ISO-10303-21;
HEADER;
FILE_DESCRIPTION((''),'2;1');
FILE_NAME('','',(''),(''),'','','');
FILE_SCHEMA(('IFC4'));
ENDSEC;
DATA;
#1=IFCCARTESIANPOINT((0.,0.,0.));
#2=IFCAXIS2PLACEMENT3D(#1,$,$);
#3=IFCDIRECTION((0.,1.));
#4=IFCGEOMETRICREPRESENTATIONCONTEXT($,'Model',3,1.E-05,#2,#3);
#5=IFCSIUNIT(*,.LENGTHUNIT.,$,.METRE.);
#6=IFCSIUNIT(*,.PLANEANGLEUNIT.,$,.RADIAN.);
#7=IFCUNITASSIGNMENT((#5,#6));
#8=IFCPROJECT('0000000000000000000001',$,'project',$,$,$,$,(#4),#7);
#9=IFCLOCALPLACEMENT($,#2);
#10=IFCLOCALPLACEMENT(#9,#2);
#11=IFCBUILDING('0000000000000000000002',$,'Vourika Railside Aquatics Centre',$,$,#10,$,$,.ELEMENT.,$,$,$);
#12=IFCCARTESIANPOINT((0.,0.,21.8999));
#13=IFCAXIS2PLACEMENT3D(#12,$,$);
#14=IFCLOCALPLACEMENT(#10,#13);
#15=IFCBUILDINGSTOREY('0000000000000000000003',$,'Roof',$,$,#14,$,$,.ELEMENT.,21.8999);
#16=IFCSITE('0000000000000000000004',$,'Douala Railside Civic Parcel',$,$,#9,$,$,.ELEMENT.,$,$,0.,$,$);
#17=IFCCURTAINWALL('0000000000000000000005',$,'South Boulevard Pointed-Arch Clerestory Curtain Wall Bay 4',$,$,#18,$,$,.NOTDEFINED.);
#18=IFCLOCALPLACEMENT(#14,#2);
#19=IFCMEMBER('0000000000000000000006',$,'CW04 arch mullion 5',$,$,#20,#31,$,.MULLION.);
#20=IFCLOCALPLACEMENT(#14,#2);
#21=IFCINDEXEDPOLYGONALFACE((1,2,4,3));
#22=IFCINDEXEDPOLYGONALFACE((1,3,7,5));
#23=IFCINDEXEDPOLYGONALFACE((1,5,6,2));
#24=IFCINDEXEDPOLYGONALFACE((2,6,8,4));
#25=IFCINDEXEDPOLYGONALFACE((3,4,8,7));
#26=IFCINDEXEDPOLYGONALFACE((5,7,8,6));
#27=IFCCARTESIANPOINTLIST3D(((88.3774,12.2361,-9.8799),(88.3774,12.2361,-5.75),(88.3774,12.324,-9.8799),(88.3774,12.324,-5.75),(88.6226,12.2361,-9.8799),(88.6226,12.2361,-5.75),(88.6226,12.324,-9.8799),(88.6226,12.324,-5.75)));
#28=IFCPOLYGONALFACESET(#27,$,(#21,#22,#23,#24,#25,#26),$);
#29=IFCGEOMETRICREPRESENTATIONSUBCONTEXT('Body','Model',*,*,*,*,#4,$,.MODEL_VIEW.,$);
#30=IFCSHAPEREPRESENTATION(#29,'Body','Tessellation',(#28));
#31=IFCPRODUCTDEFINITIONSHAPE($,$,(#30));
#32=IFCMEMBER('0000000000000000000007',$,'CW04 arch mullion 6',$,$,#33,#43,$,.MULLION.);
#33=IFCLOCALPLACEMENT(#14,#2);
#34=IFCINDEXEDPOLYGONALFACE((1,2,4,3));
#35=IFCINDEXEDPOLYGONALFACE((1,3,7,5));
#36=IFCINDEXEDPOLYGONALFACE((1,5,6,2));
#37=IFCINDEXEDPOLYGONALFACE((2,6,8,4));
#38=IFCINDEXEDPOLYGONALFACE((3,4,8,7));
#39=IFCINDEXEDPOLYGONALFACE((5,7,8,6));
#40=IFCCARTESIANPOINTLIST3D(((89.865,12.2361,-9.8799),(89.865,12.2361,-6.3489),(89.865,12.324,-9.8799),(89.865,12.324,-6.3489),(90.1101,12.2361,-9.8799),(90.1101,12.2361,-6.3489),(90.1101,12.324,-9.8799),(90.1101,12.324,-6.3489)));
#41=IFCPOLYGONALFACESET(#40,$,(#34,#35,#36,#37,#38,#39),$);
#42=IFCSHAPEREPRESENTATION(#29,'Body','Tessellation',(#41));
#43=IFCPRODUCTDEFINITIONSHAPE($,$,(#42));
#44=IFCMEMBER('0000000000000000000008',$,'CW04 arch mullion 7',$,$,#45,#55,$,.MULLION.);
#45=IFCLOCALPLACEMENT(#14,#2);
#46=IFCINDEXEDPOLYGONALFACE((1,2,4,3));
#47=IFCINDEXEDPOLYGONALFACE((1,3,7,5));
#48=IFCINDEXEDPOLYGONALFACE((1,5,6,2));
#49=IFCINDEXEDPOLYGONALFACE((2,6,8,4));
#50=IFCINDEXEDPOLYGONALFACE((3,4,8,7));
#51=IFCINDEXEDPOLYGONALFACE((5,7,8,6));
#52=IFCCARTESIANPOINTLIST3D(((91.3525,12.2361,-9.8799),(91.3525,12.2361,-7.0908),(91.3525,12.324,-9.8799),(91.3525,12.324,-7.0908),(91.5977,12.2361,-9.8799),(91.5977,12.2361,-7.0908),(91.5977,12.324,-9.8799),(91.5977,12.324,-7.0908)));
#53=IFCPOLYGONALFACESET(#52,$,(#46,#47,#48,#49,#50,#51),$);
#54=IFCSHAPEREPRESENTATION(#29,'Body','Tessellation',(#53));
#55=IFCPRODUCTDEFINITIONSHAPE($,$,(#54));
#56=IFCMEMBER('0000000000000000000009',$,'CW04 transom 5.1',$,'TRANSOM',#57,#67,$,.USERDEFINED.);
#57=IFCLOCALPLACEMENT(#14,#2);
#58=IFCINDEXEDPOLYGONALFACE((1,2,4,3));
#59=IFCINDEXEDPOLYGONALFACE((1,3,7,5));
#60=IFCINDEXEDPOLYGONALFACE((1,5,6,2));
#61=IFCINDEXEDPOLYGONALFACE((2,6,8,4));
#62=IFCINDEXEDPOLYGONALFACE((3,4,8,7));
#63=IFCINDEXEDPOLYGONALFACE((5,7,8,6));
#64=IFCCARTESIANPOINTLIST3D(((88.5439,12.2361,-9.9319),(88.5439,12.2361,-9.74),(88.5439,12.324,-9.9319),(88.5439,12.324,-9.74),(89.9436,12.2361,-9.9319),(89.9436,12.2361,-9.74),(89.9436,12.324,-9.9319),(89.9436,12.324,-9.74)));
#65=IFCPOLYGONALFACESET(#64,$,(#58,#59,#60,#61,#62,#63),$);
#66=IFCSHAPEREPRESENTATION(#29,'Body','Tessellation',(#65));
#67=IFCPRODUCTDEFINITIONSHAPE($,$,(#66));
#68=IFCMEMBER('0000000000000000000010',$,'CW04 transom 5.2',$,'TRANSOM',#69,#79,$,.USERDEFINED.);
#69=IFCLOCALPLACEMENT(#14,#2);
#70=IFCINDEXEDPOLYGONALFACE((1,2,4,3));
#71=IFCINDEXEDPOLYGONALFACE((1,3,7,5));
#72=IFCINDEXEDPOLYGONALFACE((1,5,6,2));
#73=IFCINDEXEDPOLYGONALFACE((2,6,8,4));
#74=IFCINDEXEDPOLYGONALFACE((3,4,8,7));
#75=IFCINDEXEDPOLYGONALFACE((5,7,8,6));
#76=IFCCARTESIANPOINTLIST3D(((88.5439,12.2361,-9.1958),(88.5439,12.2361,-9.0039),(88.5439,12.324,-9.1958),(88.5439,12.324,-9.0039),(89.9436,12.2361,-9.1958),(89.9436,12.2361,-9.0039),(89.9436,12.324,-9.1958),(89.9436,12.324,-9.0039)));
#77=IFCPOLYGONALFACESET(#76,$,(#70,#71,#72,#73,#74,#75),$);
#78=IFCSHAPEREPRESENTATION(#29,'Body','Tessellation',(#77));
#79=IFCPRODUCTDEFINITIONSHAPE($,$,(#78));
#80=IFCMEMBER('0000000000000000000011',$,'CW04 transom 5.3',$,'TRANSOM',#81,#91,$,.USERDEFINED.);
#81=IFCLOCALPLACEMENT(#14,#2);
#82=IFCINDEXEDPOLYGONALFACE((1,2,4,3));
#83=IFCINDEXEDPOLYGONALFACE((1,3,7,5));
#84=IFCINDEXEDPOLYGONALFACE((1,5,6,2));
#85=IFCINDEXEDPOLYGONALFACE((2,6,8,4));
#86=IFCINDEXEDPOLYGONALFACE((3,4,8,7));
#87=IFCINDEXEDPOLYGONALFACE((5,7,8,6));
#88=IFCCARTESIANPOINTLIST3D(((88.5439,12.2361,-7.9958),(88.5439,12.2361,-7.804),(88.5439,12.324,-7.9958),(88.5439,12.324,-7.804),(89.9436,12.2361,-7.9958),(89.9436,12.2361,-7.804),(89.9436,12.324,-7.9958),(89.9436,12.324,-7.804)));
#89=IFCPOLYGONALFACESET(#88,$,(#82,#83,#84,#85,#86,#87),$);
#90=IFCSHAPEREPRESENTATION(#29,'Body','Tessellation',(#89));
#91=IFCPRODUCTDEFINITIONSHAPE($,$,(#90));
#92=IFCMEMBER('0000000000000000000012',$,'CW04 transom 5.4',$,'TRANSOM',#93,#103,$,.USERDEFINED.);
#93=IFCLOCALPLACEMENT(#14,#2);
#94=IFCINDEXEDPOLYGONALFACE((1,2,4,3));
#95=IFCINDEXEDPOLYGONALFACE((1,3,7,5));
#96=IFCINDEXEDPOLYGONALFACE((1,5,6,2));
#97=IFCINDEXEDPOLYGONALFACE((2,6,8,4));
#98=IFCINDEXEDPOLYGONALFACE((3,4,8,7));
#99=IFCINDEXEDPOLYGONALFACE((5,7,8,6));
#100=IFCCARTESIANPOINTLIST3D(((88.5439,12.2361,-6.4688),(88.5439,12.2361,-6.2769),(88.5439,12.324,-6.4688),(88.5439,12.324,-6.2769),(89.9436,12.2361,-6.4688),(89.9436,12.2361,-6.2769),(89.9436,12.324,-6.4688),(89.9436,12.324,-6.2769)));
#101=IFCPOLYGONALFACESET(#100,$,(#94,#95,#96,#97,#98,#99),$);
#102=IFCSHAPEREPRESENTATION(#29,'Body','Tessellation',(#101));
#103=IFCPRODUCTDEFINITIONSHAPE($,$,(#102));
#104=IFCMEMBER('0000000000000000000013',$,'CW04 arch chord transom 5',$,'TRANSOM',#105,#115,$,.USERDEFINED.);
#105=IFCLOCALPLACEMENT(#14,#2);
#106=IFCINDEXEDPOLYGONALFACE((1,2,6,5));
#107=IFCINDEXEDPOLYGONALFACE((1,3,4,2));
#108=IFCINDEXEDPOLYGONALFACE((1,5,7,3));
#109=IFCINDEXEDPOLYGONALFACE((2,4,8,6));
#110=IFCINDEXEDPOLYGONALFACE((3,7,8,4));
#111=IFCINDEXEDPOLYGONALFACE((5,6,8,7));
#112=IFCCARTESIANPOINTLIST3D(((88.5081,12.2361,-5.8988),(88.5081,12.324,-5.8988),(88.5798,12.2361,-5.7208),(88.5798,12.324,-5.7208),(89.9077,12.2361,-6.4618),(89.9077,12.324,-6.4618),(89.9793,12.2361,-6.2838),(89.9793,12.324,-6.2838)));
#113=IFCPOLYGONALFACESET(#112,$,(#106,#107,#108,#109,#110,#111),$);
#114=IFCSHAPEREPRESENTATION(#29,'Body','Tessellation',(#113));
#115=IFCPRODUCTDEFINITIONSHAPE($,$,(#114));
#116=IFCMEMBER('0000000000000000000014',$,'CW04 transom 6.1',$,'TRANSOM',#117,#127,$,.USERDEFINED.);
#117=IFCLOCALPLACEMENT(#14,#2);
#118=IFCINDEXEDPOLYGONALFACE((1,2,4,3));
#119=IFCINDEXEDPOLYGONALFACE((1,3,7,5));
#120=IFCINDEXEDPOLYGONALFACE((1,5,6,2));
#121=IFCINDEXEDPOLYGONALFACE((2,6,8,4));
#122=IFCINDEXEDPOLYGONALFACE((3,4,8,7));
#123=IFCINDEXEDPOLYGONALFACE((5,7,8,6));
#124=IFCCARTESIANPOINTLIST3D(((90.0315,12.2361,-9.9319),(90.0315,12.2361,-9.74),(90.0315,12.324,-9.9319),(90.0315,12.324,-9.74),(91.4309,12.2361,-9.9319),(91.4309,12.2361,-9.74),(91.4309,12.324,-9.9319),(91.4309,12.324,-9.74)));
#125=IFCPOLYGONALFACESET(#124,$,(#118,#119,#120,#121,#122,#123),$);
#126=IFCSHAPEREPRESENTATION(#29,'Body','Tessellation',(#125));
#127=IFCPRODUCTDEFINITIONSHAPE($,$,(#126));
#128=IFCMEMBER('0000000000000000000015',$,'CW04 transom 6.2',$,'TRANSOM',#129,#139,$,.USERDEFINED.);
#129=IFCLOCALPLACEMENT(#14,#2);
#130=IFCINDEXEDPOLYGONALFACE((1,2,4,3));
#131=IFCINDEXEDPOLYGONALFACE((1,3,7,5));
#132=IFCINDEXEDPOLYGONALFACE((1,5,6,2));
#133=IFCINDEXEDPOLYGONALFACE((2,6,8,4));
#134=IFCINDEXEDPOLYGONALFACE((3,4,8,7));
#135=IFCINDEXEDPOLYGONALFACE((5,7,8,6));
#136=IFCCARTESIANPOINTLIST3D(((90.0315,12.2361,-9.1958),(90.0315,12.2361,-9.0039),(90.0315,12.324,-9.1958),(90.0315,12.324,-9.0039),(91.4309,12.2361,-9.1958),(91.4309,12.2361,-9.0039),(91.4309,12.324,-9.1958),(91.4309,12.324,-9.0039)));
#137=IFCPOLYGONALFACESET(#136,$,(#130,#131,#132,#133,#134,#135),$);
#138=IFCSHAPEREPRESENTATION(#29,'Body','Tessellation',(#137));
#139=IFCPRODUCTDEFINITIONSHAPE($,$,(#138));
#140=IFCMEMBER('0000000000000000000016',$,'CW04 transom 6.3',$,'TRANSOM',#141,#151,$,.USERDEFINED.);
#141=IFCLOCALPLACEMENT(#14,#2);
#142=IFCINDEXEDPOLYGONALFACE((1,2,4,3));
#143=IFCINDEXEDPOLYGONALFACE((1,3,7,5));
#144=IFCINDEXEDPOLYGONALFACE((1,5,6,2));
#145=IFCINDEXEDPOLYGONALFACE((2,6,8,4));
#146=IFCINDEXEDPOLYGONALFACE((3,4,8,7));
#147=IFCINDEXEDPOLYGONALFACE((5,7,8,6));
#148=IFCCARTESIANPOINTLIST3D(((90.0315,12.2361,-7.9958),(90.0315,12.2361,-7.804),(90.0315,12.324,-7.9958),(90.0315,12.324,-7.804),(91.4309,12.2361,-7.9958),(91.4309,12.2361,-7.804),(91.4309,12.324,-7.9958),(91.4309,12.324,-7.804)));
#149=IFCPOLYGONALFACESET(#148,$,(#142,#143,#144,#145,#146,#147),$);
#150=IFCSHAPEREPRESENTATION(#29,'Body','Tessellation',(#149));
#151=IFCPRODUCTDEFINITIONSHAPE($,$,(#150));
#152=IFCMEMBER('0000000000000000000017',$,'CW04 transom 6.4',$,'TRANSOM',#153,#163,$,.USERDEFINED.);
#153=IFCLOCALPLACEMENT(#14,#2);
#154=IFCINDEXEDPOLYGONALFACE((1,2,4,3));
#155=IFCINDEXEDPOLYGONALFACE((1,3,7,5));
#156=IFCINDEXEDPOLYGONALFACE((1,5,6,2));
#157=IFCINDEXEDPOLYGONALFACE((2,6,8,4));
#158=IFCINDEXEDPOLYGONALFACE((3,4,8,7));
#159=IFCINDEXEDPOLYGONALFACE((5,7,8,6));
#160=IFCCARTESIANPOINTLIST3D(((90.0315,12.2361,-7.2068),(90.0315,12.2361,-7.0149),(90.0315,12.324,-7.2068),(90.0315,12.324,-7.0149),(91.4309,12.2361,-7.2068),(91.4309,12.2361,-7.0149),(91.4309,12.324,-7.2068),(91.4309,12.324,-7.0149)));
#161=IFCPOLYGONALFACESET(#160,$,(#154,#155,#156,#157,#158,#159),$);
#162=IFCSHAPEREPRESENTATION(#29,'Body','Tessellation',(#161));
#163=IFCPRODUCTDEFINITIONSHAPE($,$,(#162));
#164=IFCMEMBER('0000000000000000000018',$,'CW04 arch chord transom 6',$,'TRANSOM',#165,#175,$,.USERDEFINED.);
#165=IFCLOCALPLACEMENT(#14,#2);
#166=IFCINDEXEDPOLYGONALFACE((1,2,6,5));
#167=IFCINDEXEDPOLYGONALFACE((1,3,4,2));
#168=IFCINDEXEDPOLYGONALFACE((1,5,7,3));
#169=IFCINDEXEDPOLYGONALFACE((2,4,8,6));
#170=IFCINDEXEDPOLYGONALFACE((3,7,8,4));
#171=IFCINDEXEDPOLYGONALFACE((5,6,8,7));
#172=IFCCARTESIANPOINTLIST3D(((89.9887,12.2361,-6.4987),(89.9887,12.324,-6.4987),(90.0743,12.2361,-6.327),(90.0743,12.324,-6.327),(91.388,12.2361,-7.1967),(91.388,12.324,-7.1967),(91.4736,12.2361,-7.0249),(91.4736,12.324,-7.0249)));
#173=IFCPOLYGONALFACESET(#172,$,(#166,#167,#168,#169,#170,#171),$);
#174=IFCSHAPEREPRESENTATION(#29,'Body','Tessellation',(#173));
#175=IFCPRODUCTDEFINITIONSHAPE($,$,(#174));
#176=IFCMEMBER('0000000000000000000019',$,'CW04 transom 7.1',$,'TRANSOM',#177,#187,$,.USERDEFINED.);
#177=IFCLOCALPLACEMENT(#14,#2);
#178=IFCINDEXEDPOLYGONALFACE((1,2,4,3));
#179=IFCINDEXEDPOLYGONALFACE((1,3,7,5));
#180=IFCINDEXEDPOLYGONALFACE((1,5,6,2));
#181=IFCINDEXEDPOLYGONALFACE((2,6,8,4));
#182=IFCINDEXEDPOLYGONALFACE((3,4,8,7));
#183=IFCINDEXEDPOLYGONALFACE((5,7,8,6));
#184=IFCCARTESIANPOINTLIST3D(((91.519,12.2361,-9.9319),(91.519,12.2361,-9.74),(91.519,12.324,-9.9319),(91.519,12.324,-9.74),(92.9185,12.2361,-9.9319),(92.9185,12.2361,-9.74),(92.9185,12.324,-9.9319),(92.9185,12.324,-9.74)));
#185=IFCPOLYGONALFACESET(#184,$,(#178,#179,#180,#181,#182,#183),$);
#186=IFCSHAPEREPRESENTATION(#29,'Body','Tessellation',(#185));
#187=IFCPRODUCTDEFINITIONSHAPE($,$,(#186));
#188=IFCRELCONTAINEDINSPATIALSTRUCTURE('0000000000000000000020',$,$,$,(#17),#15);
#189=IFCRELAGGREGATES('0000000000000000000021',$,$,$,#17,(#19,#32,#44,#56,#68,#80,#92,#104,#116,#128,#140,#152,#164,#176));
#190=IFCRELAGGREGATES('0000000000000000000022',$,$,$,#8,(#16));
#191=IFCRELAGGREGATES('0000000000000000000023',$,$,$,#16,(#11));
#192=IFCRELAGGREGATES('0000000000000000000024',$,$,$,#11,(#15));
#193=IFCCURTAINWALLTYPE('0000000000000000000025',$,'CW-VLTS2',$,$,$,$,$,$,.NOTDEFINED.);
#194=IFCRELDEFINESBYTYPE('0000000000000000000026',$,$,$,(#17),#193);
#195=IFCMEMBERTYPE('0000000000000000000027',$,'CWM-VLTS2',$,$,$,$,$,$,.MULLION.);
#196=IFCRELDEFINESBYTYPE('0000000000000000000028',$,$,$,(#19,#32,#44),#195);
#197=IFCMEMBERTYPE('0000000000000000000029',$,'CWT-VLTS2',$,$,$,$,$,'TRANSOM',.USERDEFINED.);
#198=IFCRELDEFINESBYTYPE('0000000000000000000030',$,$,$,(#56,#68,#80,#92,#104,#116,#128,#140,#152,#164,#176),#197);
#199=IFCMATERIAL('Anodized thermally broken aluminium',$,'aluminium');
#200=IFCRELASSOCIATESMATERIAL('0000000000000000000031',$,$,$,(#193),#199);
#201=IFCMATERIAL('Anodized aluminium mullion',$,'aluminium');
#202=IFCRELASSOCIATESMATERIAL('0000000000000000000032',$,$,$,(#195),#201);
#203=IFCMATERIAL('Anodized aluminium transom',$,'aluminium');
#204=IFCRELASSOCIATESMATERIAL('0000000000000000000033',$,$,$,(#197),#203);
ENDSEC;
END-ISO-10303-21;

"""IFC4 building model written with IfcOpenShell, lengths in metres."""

from ifc_helpers import new_model, si_unit, direction, frame, origin, origin_2d, place, context, subcontext, project, spatial, rectangle, extrude, material, material_profile, profile_set, type_object, element, aggregate, save


model = new_model("IFC4")

# Units and contexts
model_context = context("Model", 3, precision=1e-05, world=origin(), true_north=direction((0.0, 1.0)))
body_context = subcontext(model_context, "Body", "Model", "MODEL_VIEW")
ifc_project = project(units=[si_unit("LENGTHUNIT", "METRE"), si_unit("PLANEANGLEUNIT", "RADIAN")], contexts=[model_context])

# Site, building, storey
site_placement = place(None, origin())
site = spatial("IfcSite", under=ifc_project, at=site_placement, Name="Douala Railside Civic Parcel", CompositionType="ELEMENT", RefElevation=0.0)
building_placement = place(site_placement, origin())
building = spatial("IfcBuilding", under=site, at=building_placement, Name="Vourika Railside Aquatics Centre", CompositionType="ELEMENT")
storey_placement = place(building_placement, frame((0.0, 0.0, 21.8999)))
storey = spatial("IfcBuildingStorey", under=building, at=storey_placement, Name="Roof", CompositionType="ELEMENT", Elevation=21.8999)

# Curtain wall, members
ifc_material_1 = material(Name="Anodized thermally broken aluminium", Category="aluminium")
curtain_wall_type = type_object("IfcCurtainWallType", Name="CW-VLTS2", PredefinedType="NOTDEFINED", material=ifc_material_1)
curtain_wall_placement = place(storey_placement, origin())
curtain_wall = element("IfcCurtainWall", 1, at=curtain_wall_placement, inside=storey, type_object=curtain_wall_type, Name="South Boulevard Pointed-Arch Clerestory Curtain Wall Bay 4", PredefinedType="NOTDEFINED")
ifc_material_2 = material(Name="Anodized aluminium mullion", Category="aluminium")
ifc_material_profile_1 = material_profile(ifc_material_2, rectangle(XDim=0.0879, YDim=0.2451, at=origin_2d()), Name="ALU-M 88x245")
ifc_profile_set_1 = profile_set([ifc_material_profile_1], Name="Anodized aluminium mullion")
member_type_1 = type_object("IfcMemberType", Name="CWM-VLTS2", PredefinedType="MULLION", material=ifc_profile_set_1)
member_1_placement = place(storey_placement, frame((88.5, 12.28, -9.8799), z_axis=(0.0, 0.0, 1.0), x_axis=(0.0, 1.0, 0.0)))
member_1 = element("IfcMember", 2, at=member_1_placement, type_object=member_type_1, Name="CW04 arch mullion 5", PredefinedType="MULLION", context=body_context, shape_type="SweptSolid", body=[
    extrude(rectangle(XDim=0.0879, YDim=0.2451, at=origin_2d()), origin(), (0.0, 0.0, 1.0), 4.1299),
])
member_2_placement = place(storey_placement, frame((89.9875, 12.28, -9.8799), z_axis=(0.0, 0.0, 1.0), x_axis=(0.0, 1.0, 0.0)))
member_2 = element("IfcMember", 3, at=member_2_placement, type_object=member_type_1, Name="CW04 arch mullion 6", PredefinedType="MULLION", context=body_context, shape_type="SweptSolid", body=[
    extrude(rectangle(XDim=0.0879, YDim=0.2451, at=origin_2d()), origin(), (0.0, 0.0, 1.0), 3.531),
])
member_3_placement = place(storey_placement, frame((91.4751, 12.28, -9.8799), z_axis=(0.0, 0.0, 1.0), x_axis=(0.0, 1.0, 0.0)))
member_3 = element("IfcMember", 4, at=member_3_placement, type_object=member_type_1, Name="CW04 arch mullion 7", PredefinedType="MULLION", context=body_context, shape_type="SweptSolid", body=[
    extrude(rectangle(XDim=0.0879, YDim=0.2451, at=origin_2d()), origin(), (0.0, 0.0, 1.0), 2.7891),
])
ifc_material_3 = material(Name="Anodized aluminium transom", Category="aluminium")
ifc_material_profile_2 = material_profile(ifc_material_3, rectangle(XDim=0.0879, YDim=0.1919, at=origin_2d()), Name="ALU-T 88x192")
ifc_profile_set_2 = profile_set([ifc_material_profile_2], Name="Anodized aluminium transom")
member_type_2 = type_object("IfcMemberType", Name="CWT-VLTS2", ElementType="TRANSOM", PredefinedType="USERDEFINED", material=ifc_profile_set_2)
member_4_placement = place(storey_placement, frame((88.5439, 12.28, -9.8359), z_axis=(1.0, 0.0, 0.0), x_axis=(0.0, 1.0, 0.0)))
member_4 = element("IfcMember", 5, at=member_4_placement, type_object=member_type_2, Name="CW04 transom 5.1", ObjectType="TRANSOM", PredefinedType="USERDEFINED", context=body_context, shape_type="SweptSolid", body=[
    extrude(rectangle(XDim=0.0879, YDim=0.1919, at=origin_2d()), origin(), (0.0, 0.0, 1.0), 1.3997),
])
member_5_placement = place(storey_placement, frame((88.5439, 12.28, -9.0999), z_axis=(1.0, 0.0, 0.0), x_axis=(0.0, 1.0, 0.0)))
member_5 = element("IfcMember", 6, at=member_5_placement, type_object=member_type_2, Name="CW04 transom 5.2", ObjectType="TRANSOM", PredefinedType="USERDEFINED", context=body_context, shape_type="SweptSolid", body=[
    extrude(rectangle(XDim=0.0879, YDim=0.1919, at=origin_2d()), origin(), (0.0, 0.0, 1.0), 1.3997),
])
member_6_placement = place(storey_placement, frame((88.5439, 12.28, -7.8999), z_axis=(1.0, 0.0, 0.0), x_axis=(0.0, 1.0, 0.0)))
member_6 = element("IfcMember", 7, at=member_6_placement, type_object=member_type_2, Name="CW04 transom 5.3", ObjectType="TRANSOM", PredefinedType="USERDEFINED", context=body_context, shape_type="SweptSolid", body=[
    extrude(rectangle(XDim=0.0879, YDim=0.1919, at=origin_2d()), origin(), (0.0, 0.0, 1.0), 1.3997),
])
member_7_placement = place(storey_placement, frame((88.5439, 12.28, -6.3728), z_axis=(1.0, 0.0, 0.0), x_axis=(0.0, 1.0, 0.0)))
member_7 = element("IfcMember", 8, at=member_7_placement, type_object=member_type_2, Name="CW04 transom 5.4", ObjectType="TRANSOM", PredefinedType="USERDEFINED", context=body_context, shape_type="SweptSolid", body=[
    extrude(rectangle(XDim=0.0879, YDim=0.1919, at=origin_2d()), origin(), (0.0, 0.0, 1.0), 1.3997),
])
member_8_placement = place(storey_placement, frame((88.5439, 12.28, -5.8098), z_axis=(0.927761, 0.0, -0.373176), x_axis=(0.0, 1.0, 0.0)))
member_8 = element("IfcMember", 9, at=member_8_placement, type_object=member_type_2, Name="CW04 arch chord transom 5", ObjectType="TRANSOM", PredefinedType="USERDEFINED", context=body_context, shape_type="SweptSolid", body=[
    extrude(rectangle(XDim=0.0879, YDim=0.1919, at=origin_2d()), origin(), (0.0, 0.0, 1.0), 1.5085),
])
member_9_placement = place(storey_placement, frame((90.0315, 12.28, -9.8359), z_axis=(1.0, 0.0, 0.0), x_axis=(0.0, 1.0, 0.0)))
member_9 = element("IfcMember", 10, at=member_9_placement, type_object=member_type_2, Name="CW04 transom 6.1", ObjectType="TRANSOM", PredefinedType="USERDEFINED", context=body_context, shape_type="SweptSolid", body=[
    extrude(rectangle(XDim=0.0879, YDim=0.1919, at=origin_2d()), origin(), (0.0, 0.0, 1.0), 1.3994),
])
member_10_placement = place(storey_placement, frame((90.0315, 12.28, -9.0999), z_axis=(1.0, 0.0, 0.0), x_axis=(0.0, 1.0, 0.0)))
member_10 = element("IfcMember", 11, at=member_10_placement, type_object=member_type_2, Name="CW04 transom 6.2", ObjectType="TRANSOM", PredefinedType="USERDEFINED", context=body_context, shape_type="SweptSolid", body=[
    extrude(rectangle(XDim=0.0879, YDim=0.1919, at=origin_2d()), origin(), (0.0, 0.0, 1.0), 1.3994),
])
member_11_placement = place(storey_placement, frame((90.0315, 12.28, -7.8999), z_axis=(1.0, 0.0, 0.0), x_axis=(0.0, 1.0, 0.0)))
member_11 = element("IfcMember", 12, at=member_11_placement, type_object=member_type_2, Name="CW04 transom 6.3", ObjectType="TRANSOM", PredefinedType="USERDEFINED", context=body_context, shape_type="SweptSolid", body=[
    extrude(rectangle(XDim=0.0879, YDim=0.1919, at=origin_2d()), origin(), (0.0, 0.0, 1.0), 1.3994),
])
member_12_placement = place(storey_placement, frame((90.0315, 12.28, -7.1108), z_axis=(1.0, 0.0, 0.0), x_axis=(0.0, 1.0, 0.0)))
member_12 = element("IfcMember", 13, at=member_12_placement, type_object=member_type_2, Name="CW04 transom 6.4", ObjectType="TRANSOM", PredefinedType="USERDEFINED", context=body_context, shape_type="SweptSolid", body=[
    extrude(rectangle(XDim=0.0879, YDim=0.1919, at=origin_2d()), origin(), (0.0, 0.0, 1.0), 1.3994),
])
member_13_placement = place(storey_placement, frame((90.0315, 12.28, -6.4128), z_axis=(0.894864, 0.0, -0.446339), x_axis=(0.0, 1.0, 0.0)))
member_13 = element("IfcMember", 14, at=member_13_placement, type_object=member_type_2, Name="CW04 arch chord transom 6", ObjectType="TRANSOM", PredefinedType="USERDEFINED", context=body_context, shape_type="SweptSolid", body=[
    extrude(rectangle(XDim=0.0879, YDim=0.1919, at=origin_2d()), origin(), (0.0, 0.0, 1.0), 1.5637),
])
member_14_placement = place(storey_placement, frame((91.519, 12.28, -9.8359), z_axis=(1.0, 0.0, 0.0), x_axis=(0.0, 1.0, 0.0)))
member_14 = element("IfcMember", 15, at=member_14_placement, type_object=member_type_2, Name="CW04 transom 7.1", ObjectType="TRANSOM", PredefinedType="USERDEFINED", context=body_context, shape_type="SweptSolid", body=[
    extrude(rectangle(XDim=0.0879, YDim=0.1919, at=origin_2d()), origin(), (0.0, 0.0, 1.0), 1.3994),
])
aggregate(curtain_wall, [member_1, member_2, member_3, member_4, member_5, member_6, member_7, member_8, member_9, member_10, member_11, member_12, member_13, member_14])

save(model, "model.ifc")
